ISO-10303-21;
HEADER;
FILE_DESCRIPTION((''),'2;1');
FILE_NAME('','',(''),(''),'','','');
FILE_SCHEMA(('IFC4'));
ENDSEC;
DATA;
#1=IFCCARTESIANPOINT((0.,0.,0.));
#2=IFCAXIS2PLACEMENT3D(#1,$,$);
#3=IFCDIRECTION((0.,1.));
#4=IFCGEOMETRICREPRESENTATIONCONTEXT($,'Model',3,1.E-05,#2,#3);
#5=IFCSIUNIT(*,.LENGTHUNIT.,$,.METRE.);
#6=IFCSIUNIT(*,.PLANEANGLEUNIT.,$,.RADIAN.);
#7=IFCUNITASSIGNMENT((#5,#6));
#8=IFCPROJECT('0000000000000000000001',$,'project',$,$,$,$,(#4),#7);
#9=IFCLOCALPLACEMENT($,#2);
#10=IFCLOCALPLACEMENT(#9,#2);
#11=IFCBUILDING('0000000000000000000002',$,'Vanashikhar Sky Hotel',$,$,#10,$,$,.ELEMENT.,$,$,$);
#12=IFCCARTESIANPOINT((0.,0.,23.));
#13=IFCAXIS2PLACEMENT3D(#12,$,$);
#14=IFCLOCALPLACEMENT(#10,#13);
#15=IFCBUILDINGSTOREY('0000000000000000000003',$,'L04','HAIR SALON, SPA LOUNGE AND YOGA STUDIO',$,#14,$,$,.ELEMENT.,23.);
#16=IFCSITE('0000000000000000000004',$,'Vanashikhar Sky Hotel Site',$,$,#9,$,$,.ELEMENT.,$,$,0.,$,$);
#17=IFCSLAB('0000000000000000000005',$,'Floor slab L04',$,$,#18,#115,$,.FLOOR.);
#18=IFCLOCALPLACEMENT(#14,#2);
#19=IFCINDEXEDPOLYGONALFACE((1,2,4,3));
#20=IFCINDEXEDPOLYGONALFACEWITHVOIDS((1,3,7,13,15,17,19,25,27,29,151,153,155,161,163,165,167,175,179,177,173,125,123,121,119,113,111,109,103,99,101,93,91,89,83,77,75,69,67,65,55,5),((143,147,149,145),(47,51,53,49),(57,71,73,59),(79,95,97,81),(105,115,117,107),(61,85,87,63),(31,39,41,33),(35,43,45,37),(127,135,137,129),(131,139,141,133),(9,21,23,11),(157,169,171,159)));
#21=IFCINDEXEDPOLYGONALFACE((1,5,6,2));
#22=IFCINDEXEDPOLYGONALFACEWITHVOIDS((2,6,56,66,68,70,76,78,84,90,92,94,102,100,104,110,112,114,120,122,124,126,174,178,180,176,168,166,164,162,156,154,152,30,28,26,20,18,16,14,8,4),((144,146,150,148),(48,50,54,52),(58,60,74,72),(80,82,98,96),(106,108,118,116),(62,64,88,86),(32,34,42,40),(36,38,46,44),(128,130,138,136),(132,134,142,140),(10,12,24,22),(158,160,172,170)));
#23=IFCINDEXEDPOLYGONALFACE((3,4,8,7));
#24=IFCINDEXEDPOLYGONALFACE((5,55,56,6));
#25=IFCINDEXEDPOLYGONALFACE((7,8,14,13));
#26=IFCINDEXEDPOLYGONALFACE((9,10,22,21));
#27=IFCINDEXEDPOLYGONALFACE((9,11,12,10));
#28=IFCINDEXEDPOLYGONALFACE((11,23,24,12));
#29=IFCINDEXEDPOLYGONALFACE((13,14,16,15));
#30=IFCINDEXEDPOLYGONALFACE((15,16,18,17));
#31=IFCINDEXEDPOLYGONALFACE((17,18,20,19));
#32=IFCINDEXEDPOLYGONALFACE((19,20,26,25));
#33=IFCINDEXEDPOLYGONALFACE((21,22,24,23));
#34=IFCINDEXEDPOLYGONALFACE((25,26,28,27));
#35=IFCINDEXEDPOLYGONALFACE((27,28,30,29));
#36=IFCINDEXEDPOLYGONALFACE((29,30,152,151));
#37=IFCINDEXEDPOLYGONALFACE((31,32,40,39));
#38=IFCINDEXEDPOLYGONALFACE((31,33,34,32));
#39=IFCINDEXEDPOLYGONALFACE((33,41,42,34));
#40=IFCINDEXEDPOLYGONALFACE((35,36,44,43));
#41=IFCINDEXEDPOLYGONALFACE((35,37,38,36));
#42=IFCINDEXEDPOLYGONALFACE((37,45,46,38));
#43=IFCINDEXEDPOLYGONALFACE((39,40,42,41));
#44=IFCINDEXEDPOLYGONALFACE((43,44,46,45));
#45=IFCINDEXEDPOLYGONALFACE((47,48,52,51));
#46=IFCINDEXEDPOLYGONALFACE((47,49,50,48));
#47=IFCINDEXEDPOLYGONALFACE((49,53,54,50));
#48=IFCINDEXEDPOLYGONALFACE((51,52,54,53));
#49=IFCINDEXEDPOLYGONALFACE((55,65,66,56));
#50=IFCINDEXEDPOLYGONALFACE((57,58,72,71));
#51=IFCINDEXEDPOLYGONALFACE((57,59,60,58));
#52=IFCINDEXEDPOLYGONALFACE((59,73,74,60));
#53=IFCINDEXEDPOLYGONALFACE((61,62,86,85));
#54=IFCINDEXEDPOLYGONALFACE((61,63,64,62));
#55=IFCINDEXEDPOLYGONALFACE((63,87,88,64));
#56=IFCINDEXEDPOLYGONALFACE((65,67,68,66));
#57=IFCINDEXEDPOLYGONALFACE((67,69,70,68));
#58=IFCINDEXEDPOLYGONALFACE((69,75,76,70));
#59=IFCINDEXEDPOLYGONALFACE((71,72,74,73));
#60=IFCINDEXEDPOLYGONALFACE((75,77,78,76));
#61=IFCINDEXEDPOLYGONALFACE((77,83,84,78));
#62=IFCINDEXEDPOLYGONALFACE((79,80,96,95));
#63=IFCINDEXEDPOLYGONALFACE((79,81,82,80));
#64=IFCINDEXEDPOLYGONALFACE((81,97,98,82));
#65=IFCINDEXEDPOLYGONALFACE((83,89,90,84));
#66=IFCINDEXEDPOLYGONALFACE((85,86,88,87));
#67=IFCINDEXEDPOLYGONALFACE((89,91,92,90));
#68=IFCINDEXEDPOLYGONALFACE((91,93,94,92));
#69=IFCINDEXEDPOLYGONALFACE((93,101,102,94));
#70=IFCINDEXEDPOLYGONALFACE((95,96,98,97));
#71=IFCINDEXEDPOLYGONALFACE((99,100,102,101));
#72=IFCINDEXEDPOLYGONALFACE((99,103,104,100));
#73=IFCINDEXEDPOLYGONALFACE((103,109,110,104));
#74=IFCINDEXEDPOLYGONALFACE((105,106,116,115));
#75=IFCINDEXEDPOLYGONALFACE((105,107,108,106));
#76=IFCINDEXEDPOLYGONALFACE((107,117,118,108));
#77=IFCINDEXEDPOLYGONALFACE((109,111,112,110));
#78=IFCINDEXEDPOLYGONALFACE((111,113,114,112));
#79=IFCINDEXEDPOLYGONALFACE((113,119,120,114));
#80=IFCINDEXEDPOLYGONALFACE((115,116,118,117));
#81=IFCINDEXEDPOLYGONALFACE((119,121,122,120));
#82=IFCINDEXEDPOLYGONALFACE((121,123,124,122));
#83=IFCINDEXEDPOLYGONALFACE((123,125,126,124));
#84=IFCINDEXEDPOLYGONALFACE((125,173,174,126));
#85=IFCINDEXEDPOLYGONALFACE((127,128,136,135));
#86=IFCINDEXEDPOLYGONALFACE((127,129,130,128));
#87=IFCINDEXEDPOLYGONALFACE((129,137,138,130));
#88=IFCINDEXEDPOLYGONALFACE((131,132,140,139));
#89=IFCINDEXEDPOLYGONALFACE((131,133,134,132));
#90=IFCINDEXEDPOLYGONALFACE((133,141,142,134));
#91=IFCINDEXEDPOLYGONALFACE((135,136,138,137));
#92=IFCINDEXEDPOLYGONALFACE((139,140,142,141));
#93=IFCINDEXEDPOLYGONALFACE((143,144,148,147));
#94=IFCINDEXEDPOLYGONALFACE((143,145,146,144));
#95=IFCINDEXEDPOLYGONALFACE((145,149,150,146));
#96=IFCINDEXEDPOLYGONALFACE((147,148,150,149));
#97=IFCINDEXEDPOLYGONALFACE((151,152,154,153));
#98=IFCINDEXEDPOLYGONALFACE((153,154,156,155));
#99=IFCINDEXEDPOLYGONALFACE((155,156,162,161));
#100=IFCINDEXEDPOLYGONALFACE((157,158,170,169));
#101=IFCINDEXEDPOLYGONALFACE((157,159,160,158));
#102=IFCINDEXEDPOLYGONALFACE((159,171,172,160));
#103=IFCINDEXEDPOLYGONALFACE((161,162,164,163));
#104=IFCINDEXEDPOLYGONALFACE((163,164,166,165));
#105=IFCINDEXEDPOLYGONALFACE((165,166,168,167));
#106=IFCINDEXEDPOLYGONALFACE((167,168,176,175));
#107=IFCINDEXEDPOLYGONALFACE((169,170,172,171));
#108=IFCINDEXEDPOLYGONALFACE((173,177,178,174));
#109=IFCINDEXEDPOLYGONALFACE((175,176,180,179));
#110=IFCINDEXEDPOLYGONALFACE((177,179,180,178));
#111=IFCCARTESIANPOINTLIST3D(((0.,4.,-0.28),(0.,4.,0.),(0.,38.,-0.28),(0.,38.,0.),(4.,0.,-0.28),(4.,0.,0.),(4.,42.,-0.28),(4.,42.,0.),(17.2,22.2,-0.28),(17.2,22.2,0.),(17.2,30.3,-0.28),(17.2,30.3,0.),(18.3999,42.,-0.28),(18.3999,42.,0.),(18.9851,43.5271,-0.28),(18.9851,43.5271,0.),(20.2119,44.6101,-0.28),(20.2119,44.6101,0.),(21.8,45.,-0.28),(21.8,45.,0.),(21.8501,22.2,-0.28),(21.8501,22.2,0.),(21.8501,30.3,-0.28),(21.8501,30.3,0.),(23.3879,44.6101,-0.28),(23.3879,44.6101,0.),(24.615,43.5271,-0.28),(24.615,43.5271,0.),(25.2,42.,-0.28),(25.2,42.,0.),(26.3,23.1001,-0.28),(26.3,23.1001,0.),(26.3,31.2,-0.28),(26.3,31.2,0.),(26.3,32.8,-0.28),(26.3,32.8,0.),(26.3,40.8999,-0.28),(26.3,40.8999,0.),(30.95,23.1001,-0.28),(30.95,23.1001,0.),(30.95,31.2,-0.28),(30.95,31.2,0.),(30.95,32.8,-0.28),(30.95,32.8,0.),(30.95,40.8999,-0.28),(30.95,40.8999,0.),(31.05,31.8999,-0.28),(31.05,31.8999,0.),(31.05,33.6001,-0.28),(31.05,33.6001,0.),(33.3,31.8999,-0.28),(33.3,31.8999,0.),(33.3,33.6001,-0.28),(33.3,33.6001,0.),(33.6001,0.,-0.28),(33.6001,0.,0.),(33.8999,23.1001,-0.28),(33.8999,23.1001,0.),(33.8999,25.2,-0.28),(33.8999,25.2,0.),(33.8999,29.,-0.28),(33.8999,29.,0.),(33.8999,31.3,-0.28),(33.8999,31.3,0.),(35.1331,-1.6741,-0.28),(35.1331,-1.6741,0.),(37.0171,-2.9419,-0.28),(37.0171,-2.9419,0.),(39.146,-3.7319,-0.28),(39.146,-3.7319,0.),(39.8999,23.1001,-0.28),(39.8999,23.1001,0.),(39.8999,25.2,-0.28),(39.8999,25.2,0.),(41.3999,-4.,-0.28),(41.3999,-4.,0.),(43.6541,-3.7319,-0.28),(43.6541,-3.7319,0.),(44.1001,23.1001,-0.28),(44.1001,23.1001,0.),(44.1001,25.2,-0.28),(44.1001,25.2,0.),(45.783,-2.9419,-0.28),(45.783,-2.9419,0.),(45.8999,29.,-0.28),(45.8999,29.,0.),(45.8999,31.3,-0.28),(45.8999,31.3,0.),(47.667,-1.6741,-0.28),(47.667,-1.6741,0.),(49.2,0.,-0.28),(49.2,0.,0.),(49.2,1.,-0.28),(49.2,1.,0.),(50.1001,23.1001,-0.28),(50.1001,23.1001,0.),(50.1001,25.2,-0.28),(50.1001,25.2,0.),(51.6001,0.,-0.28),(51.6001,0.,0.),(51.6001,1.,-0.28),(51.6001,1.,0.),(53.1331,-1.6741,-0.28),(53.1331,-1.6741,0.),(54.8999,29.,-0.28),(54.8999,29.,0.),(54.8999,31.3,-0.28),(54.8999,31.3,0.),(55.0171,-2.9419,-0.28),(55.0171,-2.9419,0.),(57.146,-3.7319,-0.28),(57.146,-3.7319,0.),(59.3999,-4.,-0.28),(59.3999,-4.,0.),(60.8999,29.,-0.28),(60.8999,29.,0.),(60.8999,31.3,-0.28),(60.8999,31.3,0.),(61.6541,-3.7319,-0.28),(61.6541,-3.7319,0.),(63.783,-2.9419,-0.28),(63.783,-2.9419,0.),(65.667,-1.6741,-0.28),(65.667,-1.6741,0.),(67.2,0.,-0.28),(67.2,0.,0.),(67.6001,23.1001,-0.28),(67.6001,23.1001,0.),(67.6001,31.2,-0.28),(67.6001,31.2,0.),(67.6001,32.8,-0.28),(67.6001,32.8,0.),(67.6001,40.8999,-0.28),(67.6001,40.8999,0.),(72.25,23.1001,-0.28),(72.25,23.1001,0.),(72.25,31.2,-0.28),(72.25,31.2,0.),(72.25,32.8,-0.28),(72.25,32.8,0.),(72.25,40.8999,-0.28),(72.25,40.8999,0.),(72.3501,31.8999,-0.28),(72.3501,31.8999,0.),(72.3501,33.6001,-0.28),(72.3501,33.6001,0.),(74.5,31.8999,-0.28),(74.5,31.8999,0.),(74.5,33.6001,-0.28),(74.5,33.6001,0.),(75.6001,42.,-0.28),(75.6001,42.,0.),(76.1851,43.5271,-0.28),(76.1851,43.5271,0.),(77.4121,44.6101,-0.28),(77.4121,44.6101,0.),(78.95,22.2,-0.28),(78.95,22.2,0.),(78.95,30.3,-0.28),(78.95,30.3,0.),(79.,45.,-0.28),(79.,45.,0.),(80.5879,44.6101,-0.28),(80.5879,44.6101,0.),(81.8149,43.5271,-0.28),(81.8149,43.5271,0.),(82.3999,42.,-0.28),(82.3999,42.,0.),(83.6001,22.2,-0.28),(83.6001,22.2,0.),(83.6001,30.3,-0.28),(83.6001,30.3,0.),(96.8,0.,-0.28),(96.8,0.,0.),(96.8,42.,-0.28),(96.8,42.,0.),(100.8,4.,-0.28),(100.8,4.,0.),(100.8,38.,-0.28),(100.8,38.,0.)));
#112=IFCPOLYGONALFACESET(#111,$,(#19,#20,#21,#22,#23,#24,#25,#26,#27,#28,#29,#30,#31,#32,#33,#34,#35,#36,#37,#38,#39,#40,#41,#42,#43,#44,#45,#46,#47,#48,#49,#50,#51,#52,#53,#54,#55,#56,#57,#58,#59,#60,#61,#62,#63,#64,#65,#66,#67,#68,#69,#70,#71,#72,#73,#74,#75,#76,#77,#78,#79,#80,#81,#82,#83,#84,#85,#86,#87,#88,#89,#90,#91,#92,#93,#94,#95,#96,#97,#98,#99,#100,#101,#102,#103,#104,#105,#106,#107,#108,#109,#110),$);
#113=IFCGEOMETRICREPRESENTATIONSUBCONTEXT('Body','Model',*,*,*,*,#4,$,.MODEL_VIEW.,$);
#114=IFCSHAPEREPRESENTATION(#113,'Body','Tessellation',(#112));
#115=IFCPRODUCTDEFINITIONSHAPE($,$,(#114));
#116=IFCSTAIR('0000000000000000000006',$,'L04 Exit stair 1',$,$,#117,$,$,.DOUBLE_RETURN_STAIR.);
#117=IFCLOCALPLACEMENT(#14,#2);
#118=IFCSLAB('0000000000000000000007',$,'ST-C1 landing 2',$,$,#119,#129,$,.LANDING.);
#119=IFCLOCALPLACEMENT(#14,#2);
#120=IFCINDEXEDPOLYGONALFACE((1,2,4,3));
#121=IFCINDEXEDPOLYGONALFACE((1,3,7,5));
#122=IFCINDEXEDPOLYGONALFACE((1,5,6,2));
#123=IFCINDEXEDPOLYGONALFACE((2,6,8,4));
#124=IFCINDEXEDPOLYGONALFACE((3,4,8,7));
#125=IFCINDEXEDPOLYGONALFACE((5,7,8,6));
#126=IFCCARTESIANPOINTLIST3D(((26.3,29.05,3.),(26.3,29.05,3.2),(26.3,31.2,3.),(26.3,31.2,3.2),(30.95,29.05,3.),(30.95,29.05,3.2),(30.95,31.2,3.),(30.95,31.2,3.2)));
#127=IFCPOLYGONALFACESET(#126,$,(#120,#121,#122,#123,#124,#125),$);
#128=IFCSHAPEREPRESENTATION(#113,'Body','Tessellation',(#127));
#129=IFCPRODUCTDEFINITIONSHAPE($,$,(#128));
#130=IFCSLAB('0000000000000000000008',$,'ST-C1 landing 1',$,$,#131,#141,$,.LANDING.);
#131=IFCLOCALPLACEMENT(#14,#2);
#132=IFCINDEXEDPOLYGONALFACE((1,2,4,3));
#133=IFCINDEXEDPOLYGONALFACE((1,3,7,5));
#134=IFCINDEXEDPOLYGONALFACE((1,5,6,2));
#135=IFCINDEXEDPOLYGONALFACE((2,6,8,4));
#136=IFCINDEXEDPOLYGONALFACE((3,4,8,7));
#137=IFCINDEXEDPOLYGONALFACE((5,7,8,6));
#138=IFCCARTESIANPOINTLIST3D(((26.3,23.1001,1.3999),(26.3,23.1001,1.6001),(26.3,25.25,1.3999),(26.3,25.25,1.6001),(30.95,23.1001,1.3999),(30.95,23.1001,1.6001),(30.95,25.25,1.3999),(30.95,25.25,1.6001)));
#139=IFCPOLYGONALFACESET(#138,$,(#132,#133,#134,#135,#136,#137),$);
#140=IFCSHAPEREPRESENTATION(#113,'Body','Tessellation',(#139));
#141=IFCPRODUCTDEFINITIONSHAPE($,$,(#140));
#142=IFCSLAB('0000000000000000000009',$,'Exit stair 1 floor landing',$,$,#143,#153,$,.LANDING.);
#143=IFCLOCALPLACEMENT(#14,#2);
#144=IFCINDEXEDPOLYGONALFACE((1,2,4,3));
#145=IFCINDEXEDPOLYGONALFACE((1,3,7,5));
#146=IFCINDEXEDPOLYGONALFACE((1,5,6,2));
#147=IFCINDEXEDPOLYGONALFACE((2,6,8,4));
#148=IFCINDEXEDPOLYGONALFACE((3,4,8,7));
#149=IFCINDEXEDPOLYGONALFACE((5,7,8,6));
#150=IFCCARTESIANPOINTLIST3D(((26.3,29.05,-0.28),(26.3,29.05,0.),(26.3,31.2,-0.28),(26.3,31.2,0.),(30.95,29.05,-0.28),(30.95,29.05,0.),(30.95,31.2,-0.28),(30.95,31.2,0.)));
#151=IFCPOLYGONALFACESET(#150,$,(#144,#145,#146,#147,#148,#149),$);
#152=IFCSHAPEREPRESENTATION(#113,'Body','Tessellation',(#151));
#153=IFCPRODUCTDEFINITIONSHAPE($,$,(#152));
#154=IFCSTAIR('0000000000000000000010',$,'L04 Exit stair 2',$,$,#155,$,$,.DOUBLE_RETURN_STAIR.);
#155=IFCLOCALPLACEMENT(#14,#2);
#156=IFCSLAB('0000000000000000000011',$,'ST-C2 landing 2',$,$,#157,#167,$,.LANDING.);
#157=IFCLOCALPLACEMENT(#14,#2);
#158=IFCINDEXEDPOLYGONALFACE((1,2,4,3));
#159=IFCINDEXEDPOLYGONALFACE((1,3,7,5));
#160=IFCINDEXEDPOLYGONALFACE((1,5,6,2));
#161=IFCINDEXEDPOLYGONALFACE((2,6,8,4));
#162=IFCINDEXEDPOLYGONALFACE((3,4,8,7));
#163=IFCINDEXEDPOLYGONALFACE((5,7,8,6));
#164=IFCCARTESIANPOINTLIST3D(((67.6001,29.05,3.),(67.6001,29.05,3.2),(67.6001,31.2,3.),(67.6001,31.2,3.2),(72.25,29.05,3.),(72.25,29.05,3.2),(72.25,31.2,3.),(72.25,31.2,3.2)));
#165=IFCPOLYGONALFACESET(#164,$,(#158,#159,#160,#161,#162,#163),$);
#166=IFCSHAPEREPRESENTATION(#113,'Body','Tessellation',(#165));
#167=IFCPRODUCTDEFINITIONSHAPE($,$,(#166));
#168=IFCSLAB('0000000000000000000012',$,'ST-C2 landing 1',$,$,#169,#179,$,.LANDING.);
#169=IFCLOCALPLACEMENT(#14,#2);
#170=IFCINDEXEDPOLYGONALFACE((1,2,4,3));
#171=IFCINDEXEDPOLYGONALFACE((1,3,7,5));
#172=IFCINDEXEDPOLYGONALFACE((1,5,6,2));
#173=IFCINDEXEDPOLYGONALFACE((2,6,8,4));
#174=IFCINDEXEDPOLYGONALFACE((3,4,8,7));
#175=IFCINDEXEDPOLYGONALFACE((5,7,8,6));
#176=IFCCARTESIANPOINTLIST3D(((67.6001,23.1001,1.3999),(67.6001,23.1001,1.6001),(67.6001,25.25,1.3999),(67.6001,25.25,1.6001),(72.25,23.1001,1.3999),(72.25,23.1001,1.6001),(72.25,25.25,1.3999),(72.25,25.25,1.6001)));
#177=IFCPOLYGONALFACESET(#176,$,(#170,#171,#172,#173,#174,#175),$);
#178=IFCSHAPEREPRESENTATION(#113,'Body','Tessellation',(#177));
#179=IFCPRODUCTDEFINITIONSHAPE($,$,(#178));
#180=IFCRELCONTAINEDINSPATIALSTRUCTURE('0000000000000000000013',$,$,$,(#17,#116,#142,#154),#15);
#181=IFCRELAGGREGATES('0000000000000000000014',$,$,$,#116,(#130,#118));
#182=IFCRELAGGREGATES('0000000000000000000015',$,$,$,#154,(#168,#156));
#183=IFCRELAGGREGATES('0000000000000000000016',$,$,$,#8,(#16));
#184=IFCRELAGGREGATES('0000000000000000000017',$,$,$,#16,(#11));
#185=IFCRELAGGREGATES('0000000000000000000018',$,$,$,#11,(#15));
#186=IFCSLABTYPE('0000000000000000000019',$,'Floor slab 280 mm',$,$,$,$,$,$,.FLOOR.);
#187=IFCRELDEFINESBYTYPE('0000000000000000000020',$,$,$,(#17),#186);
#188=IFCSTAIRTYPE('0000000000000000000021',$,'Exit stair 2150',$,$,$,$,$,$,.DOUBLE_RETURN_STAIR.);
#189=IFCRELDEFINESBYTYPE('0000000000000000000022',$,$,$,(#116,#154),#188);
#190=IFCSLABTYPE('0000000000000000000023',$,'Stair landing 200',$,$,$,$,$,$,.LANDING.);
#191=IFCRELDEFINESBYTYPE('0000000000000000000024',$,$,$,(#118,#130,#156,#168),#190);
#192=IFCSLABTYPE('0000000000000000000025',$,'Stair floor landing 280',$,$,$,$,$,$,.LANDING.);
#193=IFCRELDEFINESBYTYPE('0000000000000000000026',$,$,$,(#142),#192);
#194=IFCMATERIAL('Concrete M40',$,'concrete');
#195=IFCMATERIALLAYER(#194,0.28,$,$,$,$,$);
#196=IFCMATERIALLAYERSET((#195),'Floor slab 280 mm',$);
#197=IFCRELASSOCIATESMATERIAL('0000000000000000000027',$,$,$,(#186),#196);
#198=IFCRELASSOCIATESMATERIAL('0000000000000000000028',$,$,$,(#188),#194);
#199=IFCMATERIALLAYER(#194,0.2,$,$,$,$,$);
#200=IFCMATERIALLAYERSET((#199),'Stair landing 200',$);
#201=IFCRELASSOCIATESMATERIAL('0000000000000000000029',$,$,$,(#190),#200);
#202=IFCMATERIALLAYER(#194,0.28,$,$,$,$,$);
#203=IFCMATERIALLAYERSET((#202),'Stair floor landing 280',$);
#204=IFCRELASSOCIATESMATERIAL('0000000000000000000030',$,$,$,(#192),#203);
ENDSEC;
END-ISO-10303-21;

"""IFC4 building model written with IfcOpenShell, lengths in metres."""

from ifc_helpers import new_model, si_unit, direction, frame, origin, place, context, subcontext, project, spatial, polyline, outline, extrude, source, transform, mapped, material, layer, layer_set, type_object, element, aggregate, save


model = new_model("IFC4")

# Units and contexts
model_context = context("Model", 3, precision=1e-05, world=origin(), true_north=direction((0.0, 1.0)))
body_context = subcontext(model_context, "Body", "Model", "MODEL_VIEW")
ifc_project = project(units=[si_unit("LENGTHUNIT", "METRE"), si_unit("PLANEANGLEUNIT", "RADIAN")], contexts=[model_context])

# Site, building, storey
site_placement = place(None, origin())
site = spatial("IfcSite", under=ifc_project, at=site_placement, Name="Vanashikhar Sky Hotel Site", CompositionType="ELEMENT", RefElevation=0.0)
building_placement = place(site_placement, origin())
building = spatial("IfcBuilding", under=site, at=building_placement, Name="Vanashikhar Sky Hotel", CompositionType="ELEMENT")
storey_placement = place(building_placement, frame((0.0, 0.0, 23.0)))
storey = spatial("IfcBuildingStorey", under=building, at=storey_placement, Name="L04", Description="HAIR SALON, SPA LOUNGE AND YOGA STUDIO", CompositionType="ELEMENT", Elevation=23.0)

# Slab
ifc_material = material(Name="Concrete M40", Category="concrete")
ifc_layer_1 = layer(ifc_material, 0.28)
ifc_layer_set_1 = layer_set([ifc_layer_1], Name="Floor slab 280 mm")
slab_type_1 = type_object("IfcSlabType", Name="Floor slab 280 mm", PredefinedType="FLOOR", material=ifc_layer_set_1)
shared_shape_1 = source(origin(), body_context, "Body", "SweptSolid", [
    extrude(outline(polyline([(49.2, 0.0), (49.2, 1.0), (51.6001, 1.0), (51.6001, 0.0), (53.1331, -1.6741), (55.0171, -2.9419), (57.146, -3.7319), (59.3999, -4.0), (61.6541, -3.7319), (63.783, -2.9419), (65.667, -1.6741), (67.2, 0.0), (96.8, 0.0), (100.8, 4.0), (100.8, 38.0), (96.8, 42.0), (82.3999, 42.0), (81.8149, 43.5271), (80.5879, 44.6101), (79.0, 45.0), (77.4121, 44.6101), (76.1851, 43.5271), (75.6001, 42.0), (25.2, 42.0), (24.615, 43.5271), (23.3879, 44.6101), (21.8, 45.0), (20.2119, 44.6101), (18.9851, 43.5271), (18.3999, 42.0), (4.0, 42.0), (0.0, 38.0), (0.0, 4.0), (4.0, 0.0), (33.6001, 0.0), (35.1331, -1.6741), (37.0171, -2.9419), (39.146, -3.7319), (41.3999, -4.0), (43.6541, -3.7319), (45.783, -2.9419), (47.667, -1.6741), (49.2, 0.0)]), holes=[polyline([(33.3, 33.6001), (31.05, 33.6001), (31.05, 31.8999), (33.3, 31.8999), (33.3, 33.6001)]), polyline([(33.8999, 25.2), (33.8999, 23.1001), (39.8999, 23.1001), (39.8999, 25.2), (33.8999, 25.2)]), polyline([(33.8999, 31.3), (33.8999, 29.0), (45.8999, 29.0), (45.8999, 31.3), (33.8999, 31.3)]), polyline([(44.1001, 25.2), (44.1001, 23.1001), (50.1001, 23.1001), (50.1001, 25.2), (44.1001, 25.2)]), polyline([(54.8999, 31.3), (54.8999, 29.0), (60.8999, 29.0), (60.8999, 31.3), (54.8999, 31.3)]), polyline([(74.5, 33.6001), (72.3501, 33.6001), (72.3501, 31.8999), (74.5, 31.8999), (74.5, 33.6001)]), polyline([(30.95, 23.1001), (30.95, 31.2), (26.3, 31.2), (26.3, 23.1001), (30.95, 23.1001)]), polyline([(72.25, 23.1001), (72.25, 31.2), (67.6001, 31.2), (67.6001, 23.1001), (72.25, 23.1001)]), polyline([(30.95, 32.8), (30.95, 40.8999), (26.3, 40.8999), (26.3, 32.8), (30.95, 32.8)]), polyline([(72.25, 32.8), (72.25, 40.8999), (67.6001, 40.8999), (67.6001, 32.8), (72.25, 32.8)]), polyline([(83.6001, 22.2), (83.6001, 30.3), (78.95, 30.3), (78.95, 22.2), (83.6001, 22.2)]), polyline([(21.8501, 22.2), (21.8501, 30.3), (17.2, 30.3), (17.2, 22.2), (21.8501, 22.2)])]), origin(), (0.0, 0.0, 1.0), 0.28),
])
slab_1_placement = place(storey_placement, frame((0.0, 0.0, -0.28)))
element("IfcSlab", 1, at=slab_1_placement, inside=storey, type_object=slab_type_1, Name="Floor slab L04", PredefinedType="FLOOR", context=body_context, shape_type="MappedRepresentation", body=[
    mapped(shared_shape_1, transform((0.0, 0.0, 0.0), scale=1.0)),
])

# Stair, slabs
stair_type = type_object("IfcStairType", Name="Exit stair 2150", PredefinedType="DOUBLE_RETURN_STAIR", material=ifc_material)
stair_1_placement = place(storey_placement, origin())
stair_1 = element("IfcStair", 2, at=stair_1_placement, inside=storey, type_object=stair_type, Name="L04 Exit stair 1", PredefinedType="DOUBLE_RETURN_STAIR")
ifc_layer_2 = layer(ifc_material, 0.2)
ifc_layer_set_2 = layer_set([ifc_layer_2], Name="Stair landing 200")
slab_type_2 = type_object("IfcSlabType", Name="Stair landing 200", PredefinedType="LANDING", material=ifc_layer_set_2)
shared_shape_2 = source(origin(), body_context, "Body", "SweptSolid", [
    extrude(outline(polyline([(30.95, 29.05), (30.95, 31.2), (26.3, 31.2), (26.3, 29.05), (30.95, 29.05)])), origin(), (0.0, 0.0, 1.0), 0.2),
])
slab_2_placement = place(storey_placement, frame((0.0, 0.0, 3.0)))
slab_2 = element("IfcSlab", 3, at=slab_2_placement, type_object=slab_type_2, Name="ST-C1 landing 2", PredefinedType="LANDING", context=body_context, shape_type="MappedRepresentation", body=[
    mapped(shared_shape_2, transform((0.0, 0.0, 0.0), scale=1.0)),
])
shared_shape_3 = source(origin(), body_context, "Body", "SweptSolid", [
    extrude(outline(polyline([(30.95, 23.1001), (30.95, 25.25), (26.3, 25.25), (26.3, 23.1001), (30.95, 23.1001)])), origin(), (0.0, 0.0, 1.0), 0.2002),
])
slab_3_placement = place(storey_placement, frame((0.0, 0.0, 1.3999)))
slab_3 = element("IfcSlab", 4, at=slab_3_placement, type_object=slab_type_2, Name="ST-C1 landing 1", PredefinedType="LANDING", context=body_context, shape_type="MappedRepresentation", body=[
    mapped(shared_shape_3, transform((0.0, 0.0, 0.0), scale=1.0)),
])
aggregate(stair_1, [slab_3, slab_2])

# Slab
ifc_layer_3 = layer(ifc_material, 0.28)
ifc_layer_set_3 = layer_set([ifc_layer_3], Name="Stair floor landing 280")
slab_type_3 = type_object("IfcSlabType", Name="Stair floor landing 280", PredefinedType="LANDING", material=ifc_layer_set_3)
shared_shape_4 = source(origin(), body_context, "Body", "SweptSolid", [
    extrude(outline(polyline([(30.95, 29.05), (30.95, 31.2), (26.3, 31.2), (26.3, 29.05), (30.95, 29.05)])), origin(), (0.0, 0.0, 1.0), 0.28),
])
slab_4_placement = place(storey_placement, frame((0.0, 0.0, -0.28)))
element("IfcSlab", 5, at=slab_4_placement, inside=storey, type_object=slab_type_3, Name="Exit stair 1 floor landing", PredefinedType="LANDING", context=body_context, shape_type="MappedRepresentation", body=[
    mapped(shared_shape_4, transform((0.0, 0.0, 0.0), scale=1.0)),
])

# Stair, slabs
stair_2_placement = place(storey_placement, origin())
stair_2 = element("IfcStair", 6, at=stair_2_placement, inside=storey, type_object=stair_type, Name="L04 Exit stair 2", PredefinedType="DOUBLE_RETURN_STAIR")
shared_shape_5 = source(origin(), body_context, "Body", "SweptSolid", [
    extrude(outline(polyline([(72.25, 29.05), (72.25, 31.2), (67.6001, 31.2), (67.6001, 29.05), (72.25, 29.05)])), origin(), (0.0, 0.0, 1.0), 0.2),
])
slab_5_placement = place(storey_placement, frame((0.0, 0.0, 3.0)))
slab_5 = element("IfcSlab", 7, at=slab_5_placement, type_object=slab_type_2, Name="ST-C2 landing 2", PredefinedType="LANDING", context=body_context, shape_type="MappedRepresentation", body=[
    mapped(shared_shape_5, transform((0.0, 0.0, 0.0), scale=1.0)),
])
shared_shape_6 = source(origin(), body_context, "Body", "SweptSolid", [
    extrude(outline(polyline([(72.25, 23.1001), (72.25, 25.25), (67.6001, 25.25), (67.6001, 23.1001), (72.25, 23.1001)])), origin(), (0.0, 0.0, 1.0), 0.2002),
])
slab_6_placement = place(storey_placement, frame((0.0, 0.0, 1.3999)))
slab_6 = element("IfcSlab", 8, at=slab_6_placement, type_object=slab_type_2, Name="ST-C2 landing 1", PredefinedType="LANDING", context=body_context, shape_type="MappedRepresentation", body=[
    mapped(shared_shape_6, transform((0.0, 0.0, 0.0), scale=1.0)),
])
aggregate(stair_2, [slab_6, slab_5])

save(model, "model.ifc")
